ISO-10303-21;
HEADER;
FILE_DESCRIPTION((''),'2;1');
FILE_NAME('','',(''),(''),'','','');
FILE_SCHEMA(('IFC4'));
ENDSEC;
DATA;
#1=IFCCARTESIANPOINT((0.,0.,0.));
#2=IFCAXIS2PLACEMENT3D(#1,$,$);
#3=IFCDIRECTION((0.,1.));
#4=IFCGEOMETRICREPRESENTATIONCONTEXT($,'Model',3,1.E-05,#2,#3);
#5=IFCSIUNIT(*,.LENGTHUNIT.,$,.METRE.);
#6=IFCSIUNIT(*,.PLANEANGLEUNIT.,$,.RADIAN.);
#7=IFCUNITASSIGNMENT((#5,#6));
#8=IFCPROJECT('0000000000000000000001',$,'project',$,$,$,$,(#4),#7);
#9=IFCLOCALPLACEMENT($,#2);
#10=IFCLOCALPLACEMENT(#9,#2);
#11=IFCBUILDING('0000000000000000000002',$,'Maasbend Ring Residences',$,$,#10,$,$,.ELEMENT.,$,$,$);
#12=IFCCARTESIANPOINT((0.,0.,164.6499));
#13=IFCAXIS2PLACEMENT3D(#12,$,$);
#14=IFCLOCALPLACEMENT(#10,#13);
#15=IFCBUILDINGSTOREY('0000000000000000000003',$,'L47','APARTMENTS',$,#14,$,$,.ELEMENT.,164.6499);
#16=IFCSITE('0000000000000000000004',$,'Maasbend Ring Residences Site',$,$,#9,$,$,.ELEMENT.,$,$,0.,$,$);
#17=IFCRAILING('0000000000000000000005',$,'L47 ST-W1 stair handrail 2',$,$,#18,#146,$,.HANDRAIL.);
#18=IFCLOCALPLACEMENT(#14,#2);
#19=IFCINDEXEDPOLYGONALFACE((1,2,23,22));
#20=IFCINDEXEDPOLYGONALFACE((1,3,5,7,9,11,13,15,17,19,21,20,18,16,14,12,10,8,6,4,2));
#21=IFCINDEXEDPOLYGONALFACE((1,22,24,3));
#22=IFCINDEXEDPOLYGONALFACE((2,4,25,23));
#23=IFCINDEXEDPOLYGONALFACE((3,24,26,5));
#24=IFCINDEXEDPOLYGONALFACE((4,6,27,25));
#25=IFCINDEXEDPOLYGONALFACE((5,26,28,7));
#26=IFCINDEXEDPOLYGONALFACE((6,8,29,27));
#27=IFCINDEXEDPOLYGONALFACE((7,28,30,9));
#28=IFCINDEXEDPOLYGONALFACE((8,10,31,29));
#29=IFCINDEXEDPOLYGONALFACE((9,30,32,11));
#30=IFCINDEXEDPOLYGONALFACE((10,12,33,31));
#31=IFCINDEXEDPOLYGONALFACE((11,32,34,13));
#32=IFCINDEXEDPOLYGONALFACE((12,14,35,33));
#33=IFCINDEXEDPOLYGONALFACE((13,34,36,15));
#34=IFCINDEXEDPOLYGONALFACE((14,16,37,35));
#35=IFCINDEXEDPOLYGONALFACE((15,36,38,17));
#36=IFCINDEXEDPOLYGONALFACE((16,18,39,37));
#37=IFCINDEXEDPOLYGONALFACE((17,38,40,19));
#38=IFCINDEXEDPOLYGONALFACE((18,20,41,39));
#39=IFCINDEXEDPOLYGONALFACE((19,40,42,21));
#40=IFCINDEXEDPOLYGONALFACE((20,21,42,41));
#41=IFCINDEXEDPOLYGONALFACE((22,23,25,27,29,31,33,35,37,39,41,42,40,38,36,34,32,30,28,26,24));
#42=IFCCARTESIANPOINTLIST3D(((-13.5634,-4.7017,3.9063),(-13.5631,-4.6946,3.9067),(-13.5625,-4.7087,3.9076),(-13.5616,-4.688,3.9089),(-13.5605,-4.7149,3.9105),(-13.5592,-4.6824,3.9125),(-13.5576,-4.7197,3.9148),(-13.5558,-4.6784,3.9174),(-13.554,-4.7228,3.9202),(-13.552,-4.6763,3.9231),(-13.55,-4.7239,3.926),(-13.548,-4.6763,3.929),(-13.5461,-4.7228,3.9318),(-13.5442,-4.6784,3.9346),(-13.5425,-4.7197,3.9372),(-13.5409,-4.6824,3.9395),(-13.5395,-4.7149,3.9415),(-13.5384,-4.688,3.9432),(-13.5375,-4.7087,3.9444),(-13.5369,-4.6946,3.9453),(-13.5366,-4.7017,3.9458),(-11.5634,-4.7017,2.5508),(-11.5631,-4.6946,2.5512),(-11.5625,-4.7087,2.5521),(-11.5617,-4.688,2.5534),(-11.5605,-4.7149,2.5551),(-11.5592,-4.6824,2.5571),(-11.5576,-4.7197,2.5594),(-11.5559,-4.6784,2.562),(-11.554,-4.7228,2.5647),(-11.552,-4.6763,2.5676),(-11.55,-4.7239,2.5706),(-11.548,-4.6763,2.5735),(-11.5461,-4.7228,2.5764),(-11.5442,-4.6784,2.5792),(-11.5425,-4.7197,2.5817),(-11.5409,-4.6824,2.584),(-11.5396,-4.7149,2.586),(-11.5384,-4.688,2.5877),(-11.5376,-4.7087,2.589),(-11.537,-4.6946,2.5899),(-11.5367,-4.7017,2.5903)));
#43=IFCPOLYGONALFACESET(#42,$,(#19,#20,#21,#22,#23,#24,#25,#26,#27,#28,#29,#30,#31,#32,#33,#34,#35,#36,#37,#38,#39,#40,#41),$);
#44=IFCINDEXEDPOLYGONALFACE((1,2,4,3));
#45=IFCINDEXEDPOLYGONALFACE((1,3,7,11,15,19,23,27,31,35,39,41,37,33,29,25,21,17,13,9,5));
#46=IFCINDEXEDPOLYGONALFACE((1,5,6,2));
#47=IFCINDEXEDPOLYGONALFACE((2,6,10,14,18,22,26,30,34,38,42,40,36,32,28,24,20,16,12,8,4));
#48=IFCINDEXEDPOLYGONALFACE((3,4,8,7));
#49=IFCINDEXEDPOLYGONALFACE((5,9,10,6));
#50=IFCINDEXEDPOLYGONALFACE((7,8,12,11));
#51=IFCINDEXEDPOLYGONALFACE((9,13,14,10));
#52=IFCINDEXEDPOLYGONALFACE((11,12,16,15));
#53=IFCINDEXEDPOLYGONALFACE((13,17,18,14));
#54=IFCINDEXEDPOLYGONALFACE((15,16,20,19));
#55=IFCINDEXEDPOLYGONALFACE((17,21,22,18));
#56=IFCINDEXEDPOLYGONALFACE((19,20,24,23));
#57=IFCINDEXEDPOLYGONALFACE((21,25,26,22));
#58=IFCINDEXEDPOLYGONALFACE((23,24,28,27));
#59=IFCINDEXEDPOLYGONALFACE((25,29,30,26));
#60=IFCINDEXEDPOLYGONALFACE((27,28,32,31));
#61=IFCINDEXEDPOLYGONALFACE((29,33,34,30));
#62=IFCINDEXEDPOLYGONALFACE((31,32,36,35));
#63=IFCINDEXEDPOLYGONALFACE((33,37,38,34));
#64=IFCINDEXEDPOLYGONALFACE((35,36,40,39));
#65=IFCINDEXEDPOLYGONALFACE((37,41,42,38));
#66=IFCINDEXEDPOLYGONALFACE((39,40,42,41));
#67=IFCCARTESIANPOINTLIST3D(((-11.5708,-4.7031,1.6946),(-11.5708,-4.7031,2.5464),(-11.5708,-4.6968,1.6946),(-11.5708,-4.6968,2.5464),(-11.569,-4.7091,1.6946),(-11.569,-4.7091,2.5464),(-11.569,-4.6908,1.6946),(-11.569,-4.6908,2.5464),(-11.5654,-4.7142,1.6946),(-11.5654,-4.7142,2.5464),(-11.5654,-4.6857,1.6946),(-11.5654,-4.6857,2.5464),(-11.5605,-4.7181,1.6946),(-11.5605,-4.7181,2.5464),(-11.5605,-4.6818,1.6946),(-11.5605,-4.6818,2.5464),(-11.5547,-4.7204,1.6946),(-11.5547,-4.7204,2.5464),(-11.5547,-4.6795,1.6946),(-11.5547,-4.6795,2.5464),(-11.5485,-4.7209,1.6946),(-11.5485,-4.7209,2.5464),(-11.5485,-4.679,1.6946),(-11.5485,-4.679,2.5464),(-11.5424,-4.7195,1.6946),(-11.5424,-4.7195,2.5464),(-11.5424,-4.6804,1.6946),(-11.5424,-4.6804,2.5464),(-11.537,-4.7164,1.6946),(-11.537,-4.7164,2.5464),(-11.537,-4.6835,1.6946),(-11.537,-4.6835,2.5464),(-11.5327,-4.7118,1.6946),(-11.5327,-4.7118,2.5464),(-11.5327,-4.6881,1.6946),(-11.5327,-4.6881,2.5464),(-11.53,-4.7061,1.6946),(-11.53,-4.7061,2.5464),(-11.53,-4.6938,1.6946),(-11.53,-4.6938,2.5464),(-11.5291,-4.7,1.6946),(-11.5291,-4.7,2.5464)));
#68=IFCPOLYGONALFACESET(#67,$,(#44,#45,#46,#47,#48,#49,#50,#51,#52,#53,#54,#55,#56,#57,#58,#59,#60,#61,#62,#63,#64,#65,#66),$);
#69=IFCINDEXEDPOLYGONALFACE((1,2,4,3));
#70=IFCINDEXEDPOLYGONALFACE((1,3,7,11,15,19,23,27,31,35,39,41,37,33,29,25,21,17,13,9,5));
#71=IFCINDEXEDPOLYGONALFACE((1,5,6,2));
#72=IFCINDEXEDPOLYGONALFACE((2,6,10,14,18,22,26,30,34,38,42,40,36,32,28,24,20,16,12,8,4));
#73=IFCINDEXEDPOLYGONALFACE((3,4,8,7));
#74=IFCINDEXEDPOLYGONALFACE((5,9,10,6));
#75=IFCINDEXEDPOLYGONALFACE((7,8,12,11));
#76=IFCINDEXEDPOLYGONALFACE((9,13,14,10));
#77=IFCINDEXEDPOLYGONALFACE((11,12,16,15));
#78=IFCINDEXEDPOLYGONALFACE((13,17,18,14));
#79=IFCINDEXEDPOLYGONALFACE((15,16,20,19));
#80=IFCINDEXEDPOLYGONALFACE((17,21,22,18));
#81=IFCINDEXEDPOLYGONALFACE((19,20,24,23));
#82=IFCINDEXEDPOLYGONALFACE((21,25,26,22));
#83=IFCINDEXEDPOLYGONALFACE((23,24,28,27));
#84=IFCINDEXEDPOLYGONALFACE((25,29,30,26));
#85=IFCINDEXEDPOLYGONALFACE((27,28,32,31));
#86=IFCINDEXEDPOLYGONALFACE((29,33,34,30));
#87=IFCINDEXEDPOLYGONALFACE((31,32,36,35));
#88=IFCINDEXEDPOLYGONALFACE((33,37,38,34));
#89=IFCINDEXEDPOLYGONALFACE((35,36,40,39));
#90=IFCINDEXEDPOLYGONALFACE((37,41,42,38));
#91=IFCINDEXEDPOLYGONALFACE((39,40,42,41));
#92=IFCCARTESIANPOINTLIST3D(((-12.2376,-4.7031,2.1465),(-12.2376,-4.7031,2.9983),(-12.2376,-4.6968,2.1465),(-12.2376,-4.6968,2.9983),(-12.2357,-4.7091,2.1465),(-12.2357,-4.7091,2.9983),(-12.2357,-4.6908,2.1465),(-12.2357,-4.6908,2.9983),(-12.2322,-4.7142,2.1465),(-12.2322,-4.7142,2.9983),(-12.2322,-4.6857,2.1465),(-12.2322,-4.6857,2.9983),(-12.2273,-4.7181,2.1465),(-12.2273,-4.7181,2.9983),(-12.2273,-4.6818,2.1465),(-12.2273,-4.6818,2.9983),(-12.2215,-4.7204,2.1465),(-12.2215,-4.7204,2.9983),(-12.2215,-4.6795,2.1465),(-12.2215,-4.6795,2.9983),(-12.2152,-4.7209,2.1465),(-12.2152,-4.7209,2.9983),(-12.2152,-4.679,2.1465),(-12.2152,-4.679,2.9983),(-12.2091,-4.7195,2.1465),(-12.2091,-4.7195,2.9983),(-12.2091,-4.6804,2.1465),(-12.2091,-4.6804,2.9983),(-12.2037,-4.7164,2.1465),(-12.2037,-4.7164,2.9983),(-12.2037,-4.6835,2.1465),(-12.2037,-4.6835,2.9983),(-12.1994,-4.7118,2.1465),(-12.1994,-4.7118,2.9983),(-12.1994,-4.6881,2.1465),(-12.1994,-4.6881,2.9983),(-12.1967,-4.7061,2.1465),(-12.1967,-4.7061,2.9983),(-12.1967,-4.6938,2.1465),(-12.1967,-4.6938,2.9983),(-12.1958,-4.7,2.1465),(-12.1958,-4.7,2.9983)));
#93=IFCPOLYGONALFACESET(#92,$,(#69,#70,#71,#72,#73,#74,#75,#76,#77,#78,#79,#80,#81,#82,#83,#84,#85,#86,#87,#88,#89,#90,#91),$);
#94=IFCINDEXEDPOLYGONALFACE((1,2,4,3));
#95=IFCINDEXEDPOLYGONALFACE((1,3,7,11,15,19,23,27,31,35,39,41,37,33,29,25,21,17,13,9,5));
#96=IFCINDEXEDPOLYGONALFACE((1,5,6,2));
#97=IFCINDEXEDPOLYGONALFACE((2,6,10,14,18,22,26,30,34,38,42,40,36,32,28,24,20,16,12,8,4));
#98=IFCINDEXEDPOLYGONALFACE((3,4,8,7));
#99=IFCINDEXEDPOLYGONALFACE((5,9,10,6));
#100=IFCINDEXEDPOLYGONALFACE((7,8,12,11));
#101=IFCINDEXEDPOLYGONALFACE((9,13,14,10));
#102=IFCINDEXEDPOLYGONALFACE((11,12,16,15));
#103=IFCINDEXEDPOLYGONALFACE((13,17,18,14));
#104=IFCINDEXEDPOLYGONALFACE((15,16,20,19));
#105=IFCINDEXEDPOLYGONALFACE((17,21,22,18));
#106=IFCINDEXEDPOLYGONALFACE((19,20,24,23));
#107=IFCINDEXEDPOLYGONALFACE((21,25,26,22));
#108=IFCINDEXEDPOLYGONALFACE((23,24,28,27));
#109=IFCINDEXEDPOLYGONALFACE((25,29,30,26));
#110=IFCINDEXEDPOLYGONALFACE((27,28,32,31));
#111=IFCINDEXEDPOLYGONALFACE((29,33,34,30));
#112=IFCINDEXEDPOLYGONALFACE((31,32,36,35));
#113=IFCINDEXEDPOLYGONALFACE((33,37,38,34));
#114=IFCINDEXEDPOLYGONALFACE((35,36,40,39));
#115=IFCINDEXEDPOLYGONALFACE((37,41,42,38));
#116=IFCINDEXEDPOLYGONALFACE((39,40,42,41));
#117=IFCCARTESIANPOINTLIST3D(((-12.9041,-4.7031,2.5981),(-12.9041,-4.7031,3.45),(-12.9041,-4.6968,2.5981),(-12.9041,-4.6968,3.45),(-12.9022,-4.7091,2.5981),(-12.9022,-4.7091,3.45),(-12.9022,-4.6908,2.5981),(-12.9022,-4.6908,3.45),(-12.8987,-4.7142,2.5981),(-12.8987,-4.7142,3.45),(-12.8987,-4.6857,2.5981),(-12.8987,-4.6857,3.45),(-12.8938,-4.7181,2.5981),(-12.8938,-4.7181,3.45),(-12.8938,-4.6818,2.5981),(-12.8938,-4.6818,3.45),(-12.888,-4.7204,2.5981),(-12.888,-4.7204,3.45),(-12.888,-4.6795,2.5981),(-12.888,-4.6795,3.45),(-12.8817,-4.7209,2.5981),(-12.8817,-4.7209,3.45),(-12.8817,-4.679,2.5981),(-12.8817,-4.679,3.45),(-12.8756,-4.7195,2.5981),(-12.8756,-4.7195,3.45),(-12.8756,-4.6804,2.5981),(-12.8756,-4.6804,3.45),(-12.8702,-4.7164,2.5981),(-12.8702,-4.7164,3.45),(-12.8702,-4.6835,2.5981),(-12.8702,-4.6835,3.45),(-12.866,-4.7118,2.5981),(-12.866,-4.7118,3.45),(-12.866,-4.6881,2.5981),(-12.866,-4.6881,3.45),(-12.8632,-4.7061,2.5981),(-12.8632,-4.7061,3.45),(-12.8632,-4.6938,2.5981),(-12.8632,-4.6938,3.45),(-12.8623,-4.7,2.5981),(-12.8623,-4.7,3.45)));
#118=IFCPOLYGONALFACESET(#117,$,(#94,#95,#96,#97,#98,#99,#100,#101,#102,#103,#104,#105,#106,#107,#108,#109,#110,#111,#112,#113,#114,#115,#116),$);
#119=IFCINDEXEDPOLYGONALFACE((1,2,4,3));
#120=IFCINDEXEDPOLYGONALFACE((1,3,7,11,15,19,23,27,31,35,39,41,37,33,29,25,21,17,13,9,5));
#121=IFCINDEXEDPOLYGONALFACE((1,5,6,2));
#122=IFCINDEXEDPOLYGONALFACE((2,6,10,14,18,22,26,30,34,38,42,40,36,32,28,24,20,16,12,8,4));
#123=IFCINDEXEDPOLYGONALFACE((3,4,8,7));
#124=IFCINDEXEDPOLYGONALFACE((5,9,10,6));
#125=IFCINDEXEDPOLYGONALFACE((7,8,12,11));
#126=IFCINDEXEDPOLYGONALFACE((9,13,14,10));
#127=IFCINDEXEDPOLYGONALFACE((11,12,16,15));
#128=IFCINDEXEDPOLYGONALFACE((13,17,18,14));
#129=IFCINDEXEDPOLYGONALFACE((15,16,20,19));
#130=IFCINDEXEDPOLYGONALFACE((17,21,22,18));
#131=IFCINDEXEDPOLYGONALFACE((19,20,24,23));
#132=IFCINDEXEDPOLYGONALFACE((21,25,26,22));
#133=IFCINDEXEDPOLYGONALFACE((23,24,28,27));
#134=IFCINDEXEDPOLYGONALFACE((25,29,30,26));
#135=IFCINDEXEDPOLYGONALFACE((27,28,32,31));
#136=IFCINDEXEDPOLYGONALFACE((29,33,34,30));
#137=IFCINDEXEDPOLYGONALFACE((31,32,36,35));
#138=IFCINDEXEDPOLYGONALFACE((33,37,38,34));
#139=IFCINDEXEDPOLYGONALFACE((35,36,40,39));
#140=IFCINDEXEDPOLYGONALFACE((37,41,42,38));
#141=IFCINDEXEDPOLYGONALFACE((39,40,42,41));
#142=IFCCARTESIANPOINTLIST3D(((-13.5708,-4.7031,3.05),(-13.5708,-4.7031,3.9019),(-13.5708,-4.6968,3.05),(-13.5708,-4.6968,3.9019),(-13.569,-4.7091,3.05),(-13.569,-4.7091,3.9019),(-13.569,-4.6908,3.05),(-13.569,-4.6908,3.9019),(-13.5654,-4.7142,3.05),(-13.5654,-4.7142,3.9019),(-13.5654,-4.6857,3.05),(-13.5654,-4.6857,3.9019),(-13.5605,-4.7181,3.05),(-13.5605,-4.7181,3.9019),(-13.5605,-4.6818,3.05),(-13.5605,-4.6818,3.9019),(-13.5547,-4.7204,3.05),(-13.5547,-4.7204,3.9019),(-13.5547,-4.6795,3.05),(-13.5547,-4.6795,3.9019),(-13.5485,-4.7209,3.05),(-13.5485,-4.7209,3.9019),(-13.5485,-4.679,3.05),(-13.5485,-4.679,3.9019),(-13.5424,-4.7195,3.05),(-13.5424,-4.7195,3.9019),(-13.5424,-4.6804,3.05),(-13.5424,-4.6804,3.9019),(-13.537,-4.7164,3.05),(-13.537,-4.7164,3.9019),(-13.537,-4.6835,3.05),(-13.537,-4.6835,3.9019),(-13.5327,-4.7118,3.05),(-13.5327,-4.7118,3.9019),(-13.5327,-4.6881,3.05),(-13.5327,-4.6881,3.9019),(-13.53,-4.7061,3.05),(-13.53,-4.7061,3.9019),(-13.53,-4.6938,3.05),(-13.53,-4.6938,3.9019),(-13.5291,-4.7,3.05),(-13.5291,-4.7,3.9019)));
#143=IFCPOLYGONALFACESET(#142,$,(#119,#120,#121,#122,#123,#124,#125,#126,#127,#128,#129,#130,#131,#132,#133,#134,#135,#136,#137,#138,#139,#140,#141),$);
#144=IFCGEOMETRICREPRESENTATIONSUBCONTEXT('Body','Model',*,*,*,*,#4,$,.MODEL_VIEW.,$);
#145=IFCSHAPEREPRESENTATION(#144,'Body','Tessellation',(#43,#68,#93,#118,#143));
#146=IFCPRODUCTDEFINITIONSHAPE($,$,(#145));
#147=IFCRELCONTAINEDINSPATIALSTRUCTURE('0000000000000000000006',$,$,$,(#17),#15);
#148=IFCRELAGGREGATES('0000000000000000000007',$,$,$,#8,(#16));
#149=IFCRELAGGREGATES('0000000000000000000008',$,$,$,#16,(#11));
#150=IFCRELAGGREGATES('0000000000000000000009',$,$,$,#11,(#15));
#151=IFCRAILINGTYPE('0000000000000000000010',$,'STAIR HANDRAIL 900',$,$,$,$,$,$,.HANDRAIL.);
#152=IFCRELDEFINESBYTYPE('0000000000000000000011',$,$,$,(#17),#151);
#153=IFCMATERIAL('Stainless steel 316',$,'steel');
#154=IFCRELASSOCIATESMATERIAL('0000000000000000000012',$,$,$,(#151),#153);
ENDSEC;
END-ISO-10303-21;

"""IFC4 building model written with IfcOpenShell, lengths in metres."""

from ifc_helpers import new_model, si_unit, direction, frame, origin, origin_2d, place, context, subcontext, project, spatial, circle, extrude, material, type_object, element, save


model = new_model("IFC4")

# Units and contexts
model_context = context("Model", 3, precision=1e-05, world=origin(), true_north=direction((0.0, 1.0)))
body_context = subcontext(model_context, "Body", "Model", "MODEL_VIEW")
ifc_project = project(units=[si_unit("LENGTHUNIT", "METRE"), si_unit("PLANEANGLEUNIT", "RADIAN")], contexts=[model_context])

# Site, building, storey
site_placement = place(None, origin())
site = spatial("IfcSite", under=ifc_project, at=site_placement, Name="Maasbend Ring Residences Site", CompositionType="ELEMENT", RefElevation=0.0)
building_placement = place(site_placement, origin())
building = spatial("IfcBuilding", under=site, at=building_placement, Name="Maasbend Ring Residences", CompositionType="ELEMENT")
storey_placement = place(building_placement, frame((0.0, 0.0, 164.6499)))
storey = spatial("IfcBuildingStorey", under=building, at=storey_placement, Name="L47", Description="APARTMENTS", CompositionType="ELEMENT", Elevation=164.6499)

# Railing
ifc_material_1 = material(Name="Stainless steel 316", Category="steel")
railing_type_1 = type_object("IfcRailingType", Name="STAIR HANDRAIL 900", PredefinedType="HANDRAIL", material=ifc_material_1)
railing_1_placement = place(storey_placement, frame((-11.55, -4.7, 1.6946)))
element("IfcRailing", 1, at=railing_1_placement, inside=storey, type_object=railing_type_1, Name="L47 ST-W1 stair handrail 2", PredefinedType="HANDRAIL", context=body_context, shape_type="SweptSolid", body=[
    extrude(circle(Radius=0.0239, at=origin_2d()), frame((0.0, 0.0, 0.876), z_axis=(-0.827798, 0.0, 0.561027), x_axis=(0.0, -1.0, 0.0)), (0.0, 0.0, 1.0), 2.416),
    extrude(circle(Radius=0.021, at=origin_2d()), origin(), (0.0, 0.0, 1.0), 0.8518),
    extrude(circle(Radius=0.021, at=origin_2d()), frame((-0.6667, 0.0, 0.4519)), (0.0, 0.0, 1.0), 0.8518),
    extrude(circle(Radius=0.021, at=origin_2d()), frame((-1.3333, 0.0, 0.9036)), (0.0, 0.0, 1.0), 0.8518),
    extrude(circle(Radius=0.021, at=origin_2d()), frame((-2.0, 0.0, 1.3555)), (0.0, 0.0, 1.0), 0.8518),
])

save(model, "model.ifc")
